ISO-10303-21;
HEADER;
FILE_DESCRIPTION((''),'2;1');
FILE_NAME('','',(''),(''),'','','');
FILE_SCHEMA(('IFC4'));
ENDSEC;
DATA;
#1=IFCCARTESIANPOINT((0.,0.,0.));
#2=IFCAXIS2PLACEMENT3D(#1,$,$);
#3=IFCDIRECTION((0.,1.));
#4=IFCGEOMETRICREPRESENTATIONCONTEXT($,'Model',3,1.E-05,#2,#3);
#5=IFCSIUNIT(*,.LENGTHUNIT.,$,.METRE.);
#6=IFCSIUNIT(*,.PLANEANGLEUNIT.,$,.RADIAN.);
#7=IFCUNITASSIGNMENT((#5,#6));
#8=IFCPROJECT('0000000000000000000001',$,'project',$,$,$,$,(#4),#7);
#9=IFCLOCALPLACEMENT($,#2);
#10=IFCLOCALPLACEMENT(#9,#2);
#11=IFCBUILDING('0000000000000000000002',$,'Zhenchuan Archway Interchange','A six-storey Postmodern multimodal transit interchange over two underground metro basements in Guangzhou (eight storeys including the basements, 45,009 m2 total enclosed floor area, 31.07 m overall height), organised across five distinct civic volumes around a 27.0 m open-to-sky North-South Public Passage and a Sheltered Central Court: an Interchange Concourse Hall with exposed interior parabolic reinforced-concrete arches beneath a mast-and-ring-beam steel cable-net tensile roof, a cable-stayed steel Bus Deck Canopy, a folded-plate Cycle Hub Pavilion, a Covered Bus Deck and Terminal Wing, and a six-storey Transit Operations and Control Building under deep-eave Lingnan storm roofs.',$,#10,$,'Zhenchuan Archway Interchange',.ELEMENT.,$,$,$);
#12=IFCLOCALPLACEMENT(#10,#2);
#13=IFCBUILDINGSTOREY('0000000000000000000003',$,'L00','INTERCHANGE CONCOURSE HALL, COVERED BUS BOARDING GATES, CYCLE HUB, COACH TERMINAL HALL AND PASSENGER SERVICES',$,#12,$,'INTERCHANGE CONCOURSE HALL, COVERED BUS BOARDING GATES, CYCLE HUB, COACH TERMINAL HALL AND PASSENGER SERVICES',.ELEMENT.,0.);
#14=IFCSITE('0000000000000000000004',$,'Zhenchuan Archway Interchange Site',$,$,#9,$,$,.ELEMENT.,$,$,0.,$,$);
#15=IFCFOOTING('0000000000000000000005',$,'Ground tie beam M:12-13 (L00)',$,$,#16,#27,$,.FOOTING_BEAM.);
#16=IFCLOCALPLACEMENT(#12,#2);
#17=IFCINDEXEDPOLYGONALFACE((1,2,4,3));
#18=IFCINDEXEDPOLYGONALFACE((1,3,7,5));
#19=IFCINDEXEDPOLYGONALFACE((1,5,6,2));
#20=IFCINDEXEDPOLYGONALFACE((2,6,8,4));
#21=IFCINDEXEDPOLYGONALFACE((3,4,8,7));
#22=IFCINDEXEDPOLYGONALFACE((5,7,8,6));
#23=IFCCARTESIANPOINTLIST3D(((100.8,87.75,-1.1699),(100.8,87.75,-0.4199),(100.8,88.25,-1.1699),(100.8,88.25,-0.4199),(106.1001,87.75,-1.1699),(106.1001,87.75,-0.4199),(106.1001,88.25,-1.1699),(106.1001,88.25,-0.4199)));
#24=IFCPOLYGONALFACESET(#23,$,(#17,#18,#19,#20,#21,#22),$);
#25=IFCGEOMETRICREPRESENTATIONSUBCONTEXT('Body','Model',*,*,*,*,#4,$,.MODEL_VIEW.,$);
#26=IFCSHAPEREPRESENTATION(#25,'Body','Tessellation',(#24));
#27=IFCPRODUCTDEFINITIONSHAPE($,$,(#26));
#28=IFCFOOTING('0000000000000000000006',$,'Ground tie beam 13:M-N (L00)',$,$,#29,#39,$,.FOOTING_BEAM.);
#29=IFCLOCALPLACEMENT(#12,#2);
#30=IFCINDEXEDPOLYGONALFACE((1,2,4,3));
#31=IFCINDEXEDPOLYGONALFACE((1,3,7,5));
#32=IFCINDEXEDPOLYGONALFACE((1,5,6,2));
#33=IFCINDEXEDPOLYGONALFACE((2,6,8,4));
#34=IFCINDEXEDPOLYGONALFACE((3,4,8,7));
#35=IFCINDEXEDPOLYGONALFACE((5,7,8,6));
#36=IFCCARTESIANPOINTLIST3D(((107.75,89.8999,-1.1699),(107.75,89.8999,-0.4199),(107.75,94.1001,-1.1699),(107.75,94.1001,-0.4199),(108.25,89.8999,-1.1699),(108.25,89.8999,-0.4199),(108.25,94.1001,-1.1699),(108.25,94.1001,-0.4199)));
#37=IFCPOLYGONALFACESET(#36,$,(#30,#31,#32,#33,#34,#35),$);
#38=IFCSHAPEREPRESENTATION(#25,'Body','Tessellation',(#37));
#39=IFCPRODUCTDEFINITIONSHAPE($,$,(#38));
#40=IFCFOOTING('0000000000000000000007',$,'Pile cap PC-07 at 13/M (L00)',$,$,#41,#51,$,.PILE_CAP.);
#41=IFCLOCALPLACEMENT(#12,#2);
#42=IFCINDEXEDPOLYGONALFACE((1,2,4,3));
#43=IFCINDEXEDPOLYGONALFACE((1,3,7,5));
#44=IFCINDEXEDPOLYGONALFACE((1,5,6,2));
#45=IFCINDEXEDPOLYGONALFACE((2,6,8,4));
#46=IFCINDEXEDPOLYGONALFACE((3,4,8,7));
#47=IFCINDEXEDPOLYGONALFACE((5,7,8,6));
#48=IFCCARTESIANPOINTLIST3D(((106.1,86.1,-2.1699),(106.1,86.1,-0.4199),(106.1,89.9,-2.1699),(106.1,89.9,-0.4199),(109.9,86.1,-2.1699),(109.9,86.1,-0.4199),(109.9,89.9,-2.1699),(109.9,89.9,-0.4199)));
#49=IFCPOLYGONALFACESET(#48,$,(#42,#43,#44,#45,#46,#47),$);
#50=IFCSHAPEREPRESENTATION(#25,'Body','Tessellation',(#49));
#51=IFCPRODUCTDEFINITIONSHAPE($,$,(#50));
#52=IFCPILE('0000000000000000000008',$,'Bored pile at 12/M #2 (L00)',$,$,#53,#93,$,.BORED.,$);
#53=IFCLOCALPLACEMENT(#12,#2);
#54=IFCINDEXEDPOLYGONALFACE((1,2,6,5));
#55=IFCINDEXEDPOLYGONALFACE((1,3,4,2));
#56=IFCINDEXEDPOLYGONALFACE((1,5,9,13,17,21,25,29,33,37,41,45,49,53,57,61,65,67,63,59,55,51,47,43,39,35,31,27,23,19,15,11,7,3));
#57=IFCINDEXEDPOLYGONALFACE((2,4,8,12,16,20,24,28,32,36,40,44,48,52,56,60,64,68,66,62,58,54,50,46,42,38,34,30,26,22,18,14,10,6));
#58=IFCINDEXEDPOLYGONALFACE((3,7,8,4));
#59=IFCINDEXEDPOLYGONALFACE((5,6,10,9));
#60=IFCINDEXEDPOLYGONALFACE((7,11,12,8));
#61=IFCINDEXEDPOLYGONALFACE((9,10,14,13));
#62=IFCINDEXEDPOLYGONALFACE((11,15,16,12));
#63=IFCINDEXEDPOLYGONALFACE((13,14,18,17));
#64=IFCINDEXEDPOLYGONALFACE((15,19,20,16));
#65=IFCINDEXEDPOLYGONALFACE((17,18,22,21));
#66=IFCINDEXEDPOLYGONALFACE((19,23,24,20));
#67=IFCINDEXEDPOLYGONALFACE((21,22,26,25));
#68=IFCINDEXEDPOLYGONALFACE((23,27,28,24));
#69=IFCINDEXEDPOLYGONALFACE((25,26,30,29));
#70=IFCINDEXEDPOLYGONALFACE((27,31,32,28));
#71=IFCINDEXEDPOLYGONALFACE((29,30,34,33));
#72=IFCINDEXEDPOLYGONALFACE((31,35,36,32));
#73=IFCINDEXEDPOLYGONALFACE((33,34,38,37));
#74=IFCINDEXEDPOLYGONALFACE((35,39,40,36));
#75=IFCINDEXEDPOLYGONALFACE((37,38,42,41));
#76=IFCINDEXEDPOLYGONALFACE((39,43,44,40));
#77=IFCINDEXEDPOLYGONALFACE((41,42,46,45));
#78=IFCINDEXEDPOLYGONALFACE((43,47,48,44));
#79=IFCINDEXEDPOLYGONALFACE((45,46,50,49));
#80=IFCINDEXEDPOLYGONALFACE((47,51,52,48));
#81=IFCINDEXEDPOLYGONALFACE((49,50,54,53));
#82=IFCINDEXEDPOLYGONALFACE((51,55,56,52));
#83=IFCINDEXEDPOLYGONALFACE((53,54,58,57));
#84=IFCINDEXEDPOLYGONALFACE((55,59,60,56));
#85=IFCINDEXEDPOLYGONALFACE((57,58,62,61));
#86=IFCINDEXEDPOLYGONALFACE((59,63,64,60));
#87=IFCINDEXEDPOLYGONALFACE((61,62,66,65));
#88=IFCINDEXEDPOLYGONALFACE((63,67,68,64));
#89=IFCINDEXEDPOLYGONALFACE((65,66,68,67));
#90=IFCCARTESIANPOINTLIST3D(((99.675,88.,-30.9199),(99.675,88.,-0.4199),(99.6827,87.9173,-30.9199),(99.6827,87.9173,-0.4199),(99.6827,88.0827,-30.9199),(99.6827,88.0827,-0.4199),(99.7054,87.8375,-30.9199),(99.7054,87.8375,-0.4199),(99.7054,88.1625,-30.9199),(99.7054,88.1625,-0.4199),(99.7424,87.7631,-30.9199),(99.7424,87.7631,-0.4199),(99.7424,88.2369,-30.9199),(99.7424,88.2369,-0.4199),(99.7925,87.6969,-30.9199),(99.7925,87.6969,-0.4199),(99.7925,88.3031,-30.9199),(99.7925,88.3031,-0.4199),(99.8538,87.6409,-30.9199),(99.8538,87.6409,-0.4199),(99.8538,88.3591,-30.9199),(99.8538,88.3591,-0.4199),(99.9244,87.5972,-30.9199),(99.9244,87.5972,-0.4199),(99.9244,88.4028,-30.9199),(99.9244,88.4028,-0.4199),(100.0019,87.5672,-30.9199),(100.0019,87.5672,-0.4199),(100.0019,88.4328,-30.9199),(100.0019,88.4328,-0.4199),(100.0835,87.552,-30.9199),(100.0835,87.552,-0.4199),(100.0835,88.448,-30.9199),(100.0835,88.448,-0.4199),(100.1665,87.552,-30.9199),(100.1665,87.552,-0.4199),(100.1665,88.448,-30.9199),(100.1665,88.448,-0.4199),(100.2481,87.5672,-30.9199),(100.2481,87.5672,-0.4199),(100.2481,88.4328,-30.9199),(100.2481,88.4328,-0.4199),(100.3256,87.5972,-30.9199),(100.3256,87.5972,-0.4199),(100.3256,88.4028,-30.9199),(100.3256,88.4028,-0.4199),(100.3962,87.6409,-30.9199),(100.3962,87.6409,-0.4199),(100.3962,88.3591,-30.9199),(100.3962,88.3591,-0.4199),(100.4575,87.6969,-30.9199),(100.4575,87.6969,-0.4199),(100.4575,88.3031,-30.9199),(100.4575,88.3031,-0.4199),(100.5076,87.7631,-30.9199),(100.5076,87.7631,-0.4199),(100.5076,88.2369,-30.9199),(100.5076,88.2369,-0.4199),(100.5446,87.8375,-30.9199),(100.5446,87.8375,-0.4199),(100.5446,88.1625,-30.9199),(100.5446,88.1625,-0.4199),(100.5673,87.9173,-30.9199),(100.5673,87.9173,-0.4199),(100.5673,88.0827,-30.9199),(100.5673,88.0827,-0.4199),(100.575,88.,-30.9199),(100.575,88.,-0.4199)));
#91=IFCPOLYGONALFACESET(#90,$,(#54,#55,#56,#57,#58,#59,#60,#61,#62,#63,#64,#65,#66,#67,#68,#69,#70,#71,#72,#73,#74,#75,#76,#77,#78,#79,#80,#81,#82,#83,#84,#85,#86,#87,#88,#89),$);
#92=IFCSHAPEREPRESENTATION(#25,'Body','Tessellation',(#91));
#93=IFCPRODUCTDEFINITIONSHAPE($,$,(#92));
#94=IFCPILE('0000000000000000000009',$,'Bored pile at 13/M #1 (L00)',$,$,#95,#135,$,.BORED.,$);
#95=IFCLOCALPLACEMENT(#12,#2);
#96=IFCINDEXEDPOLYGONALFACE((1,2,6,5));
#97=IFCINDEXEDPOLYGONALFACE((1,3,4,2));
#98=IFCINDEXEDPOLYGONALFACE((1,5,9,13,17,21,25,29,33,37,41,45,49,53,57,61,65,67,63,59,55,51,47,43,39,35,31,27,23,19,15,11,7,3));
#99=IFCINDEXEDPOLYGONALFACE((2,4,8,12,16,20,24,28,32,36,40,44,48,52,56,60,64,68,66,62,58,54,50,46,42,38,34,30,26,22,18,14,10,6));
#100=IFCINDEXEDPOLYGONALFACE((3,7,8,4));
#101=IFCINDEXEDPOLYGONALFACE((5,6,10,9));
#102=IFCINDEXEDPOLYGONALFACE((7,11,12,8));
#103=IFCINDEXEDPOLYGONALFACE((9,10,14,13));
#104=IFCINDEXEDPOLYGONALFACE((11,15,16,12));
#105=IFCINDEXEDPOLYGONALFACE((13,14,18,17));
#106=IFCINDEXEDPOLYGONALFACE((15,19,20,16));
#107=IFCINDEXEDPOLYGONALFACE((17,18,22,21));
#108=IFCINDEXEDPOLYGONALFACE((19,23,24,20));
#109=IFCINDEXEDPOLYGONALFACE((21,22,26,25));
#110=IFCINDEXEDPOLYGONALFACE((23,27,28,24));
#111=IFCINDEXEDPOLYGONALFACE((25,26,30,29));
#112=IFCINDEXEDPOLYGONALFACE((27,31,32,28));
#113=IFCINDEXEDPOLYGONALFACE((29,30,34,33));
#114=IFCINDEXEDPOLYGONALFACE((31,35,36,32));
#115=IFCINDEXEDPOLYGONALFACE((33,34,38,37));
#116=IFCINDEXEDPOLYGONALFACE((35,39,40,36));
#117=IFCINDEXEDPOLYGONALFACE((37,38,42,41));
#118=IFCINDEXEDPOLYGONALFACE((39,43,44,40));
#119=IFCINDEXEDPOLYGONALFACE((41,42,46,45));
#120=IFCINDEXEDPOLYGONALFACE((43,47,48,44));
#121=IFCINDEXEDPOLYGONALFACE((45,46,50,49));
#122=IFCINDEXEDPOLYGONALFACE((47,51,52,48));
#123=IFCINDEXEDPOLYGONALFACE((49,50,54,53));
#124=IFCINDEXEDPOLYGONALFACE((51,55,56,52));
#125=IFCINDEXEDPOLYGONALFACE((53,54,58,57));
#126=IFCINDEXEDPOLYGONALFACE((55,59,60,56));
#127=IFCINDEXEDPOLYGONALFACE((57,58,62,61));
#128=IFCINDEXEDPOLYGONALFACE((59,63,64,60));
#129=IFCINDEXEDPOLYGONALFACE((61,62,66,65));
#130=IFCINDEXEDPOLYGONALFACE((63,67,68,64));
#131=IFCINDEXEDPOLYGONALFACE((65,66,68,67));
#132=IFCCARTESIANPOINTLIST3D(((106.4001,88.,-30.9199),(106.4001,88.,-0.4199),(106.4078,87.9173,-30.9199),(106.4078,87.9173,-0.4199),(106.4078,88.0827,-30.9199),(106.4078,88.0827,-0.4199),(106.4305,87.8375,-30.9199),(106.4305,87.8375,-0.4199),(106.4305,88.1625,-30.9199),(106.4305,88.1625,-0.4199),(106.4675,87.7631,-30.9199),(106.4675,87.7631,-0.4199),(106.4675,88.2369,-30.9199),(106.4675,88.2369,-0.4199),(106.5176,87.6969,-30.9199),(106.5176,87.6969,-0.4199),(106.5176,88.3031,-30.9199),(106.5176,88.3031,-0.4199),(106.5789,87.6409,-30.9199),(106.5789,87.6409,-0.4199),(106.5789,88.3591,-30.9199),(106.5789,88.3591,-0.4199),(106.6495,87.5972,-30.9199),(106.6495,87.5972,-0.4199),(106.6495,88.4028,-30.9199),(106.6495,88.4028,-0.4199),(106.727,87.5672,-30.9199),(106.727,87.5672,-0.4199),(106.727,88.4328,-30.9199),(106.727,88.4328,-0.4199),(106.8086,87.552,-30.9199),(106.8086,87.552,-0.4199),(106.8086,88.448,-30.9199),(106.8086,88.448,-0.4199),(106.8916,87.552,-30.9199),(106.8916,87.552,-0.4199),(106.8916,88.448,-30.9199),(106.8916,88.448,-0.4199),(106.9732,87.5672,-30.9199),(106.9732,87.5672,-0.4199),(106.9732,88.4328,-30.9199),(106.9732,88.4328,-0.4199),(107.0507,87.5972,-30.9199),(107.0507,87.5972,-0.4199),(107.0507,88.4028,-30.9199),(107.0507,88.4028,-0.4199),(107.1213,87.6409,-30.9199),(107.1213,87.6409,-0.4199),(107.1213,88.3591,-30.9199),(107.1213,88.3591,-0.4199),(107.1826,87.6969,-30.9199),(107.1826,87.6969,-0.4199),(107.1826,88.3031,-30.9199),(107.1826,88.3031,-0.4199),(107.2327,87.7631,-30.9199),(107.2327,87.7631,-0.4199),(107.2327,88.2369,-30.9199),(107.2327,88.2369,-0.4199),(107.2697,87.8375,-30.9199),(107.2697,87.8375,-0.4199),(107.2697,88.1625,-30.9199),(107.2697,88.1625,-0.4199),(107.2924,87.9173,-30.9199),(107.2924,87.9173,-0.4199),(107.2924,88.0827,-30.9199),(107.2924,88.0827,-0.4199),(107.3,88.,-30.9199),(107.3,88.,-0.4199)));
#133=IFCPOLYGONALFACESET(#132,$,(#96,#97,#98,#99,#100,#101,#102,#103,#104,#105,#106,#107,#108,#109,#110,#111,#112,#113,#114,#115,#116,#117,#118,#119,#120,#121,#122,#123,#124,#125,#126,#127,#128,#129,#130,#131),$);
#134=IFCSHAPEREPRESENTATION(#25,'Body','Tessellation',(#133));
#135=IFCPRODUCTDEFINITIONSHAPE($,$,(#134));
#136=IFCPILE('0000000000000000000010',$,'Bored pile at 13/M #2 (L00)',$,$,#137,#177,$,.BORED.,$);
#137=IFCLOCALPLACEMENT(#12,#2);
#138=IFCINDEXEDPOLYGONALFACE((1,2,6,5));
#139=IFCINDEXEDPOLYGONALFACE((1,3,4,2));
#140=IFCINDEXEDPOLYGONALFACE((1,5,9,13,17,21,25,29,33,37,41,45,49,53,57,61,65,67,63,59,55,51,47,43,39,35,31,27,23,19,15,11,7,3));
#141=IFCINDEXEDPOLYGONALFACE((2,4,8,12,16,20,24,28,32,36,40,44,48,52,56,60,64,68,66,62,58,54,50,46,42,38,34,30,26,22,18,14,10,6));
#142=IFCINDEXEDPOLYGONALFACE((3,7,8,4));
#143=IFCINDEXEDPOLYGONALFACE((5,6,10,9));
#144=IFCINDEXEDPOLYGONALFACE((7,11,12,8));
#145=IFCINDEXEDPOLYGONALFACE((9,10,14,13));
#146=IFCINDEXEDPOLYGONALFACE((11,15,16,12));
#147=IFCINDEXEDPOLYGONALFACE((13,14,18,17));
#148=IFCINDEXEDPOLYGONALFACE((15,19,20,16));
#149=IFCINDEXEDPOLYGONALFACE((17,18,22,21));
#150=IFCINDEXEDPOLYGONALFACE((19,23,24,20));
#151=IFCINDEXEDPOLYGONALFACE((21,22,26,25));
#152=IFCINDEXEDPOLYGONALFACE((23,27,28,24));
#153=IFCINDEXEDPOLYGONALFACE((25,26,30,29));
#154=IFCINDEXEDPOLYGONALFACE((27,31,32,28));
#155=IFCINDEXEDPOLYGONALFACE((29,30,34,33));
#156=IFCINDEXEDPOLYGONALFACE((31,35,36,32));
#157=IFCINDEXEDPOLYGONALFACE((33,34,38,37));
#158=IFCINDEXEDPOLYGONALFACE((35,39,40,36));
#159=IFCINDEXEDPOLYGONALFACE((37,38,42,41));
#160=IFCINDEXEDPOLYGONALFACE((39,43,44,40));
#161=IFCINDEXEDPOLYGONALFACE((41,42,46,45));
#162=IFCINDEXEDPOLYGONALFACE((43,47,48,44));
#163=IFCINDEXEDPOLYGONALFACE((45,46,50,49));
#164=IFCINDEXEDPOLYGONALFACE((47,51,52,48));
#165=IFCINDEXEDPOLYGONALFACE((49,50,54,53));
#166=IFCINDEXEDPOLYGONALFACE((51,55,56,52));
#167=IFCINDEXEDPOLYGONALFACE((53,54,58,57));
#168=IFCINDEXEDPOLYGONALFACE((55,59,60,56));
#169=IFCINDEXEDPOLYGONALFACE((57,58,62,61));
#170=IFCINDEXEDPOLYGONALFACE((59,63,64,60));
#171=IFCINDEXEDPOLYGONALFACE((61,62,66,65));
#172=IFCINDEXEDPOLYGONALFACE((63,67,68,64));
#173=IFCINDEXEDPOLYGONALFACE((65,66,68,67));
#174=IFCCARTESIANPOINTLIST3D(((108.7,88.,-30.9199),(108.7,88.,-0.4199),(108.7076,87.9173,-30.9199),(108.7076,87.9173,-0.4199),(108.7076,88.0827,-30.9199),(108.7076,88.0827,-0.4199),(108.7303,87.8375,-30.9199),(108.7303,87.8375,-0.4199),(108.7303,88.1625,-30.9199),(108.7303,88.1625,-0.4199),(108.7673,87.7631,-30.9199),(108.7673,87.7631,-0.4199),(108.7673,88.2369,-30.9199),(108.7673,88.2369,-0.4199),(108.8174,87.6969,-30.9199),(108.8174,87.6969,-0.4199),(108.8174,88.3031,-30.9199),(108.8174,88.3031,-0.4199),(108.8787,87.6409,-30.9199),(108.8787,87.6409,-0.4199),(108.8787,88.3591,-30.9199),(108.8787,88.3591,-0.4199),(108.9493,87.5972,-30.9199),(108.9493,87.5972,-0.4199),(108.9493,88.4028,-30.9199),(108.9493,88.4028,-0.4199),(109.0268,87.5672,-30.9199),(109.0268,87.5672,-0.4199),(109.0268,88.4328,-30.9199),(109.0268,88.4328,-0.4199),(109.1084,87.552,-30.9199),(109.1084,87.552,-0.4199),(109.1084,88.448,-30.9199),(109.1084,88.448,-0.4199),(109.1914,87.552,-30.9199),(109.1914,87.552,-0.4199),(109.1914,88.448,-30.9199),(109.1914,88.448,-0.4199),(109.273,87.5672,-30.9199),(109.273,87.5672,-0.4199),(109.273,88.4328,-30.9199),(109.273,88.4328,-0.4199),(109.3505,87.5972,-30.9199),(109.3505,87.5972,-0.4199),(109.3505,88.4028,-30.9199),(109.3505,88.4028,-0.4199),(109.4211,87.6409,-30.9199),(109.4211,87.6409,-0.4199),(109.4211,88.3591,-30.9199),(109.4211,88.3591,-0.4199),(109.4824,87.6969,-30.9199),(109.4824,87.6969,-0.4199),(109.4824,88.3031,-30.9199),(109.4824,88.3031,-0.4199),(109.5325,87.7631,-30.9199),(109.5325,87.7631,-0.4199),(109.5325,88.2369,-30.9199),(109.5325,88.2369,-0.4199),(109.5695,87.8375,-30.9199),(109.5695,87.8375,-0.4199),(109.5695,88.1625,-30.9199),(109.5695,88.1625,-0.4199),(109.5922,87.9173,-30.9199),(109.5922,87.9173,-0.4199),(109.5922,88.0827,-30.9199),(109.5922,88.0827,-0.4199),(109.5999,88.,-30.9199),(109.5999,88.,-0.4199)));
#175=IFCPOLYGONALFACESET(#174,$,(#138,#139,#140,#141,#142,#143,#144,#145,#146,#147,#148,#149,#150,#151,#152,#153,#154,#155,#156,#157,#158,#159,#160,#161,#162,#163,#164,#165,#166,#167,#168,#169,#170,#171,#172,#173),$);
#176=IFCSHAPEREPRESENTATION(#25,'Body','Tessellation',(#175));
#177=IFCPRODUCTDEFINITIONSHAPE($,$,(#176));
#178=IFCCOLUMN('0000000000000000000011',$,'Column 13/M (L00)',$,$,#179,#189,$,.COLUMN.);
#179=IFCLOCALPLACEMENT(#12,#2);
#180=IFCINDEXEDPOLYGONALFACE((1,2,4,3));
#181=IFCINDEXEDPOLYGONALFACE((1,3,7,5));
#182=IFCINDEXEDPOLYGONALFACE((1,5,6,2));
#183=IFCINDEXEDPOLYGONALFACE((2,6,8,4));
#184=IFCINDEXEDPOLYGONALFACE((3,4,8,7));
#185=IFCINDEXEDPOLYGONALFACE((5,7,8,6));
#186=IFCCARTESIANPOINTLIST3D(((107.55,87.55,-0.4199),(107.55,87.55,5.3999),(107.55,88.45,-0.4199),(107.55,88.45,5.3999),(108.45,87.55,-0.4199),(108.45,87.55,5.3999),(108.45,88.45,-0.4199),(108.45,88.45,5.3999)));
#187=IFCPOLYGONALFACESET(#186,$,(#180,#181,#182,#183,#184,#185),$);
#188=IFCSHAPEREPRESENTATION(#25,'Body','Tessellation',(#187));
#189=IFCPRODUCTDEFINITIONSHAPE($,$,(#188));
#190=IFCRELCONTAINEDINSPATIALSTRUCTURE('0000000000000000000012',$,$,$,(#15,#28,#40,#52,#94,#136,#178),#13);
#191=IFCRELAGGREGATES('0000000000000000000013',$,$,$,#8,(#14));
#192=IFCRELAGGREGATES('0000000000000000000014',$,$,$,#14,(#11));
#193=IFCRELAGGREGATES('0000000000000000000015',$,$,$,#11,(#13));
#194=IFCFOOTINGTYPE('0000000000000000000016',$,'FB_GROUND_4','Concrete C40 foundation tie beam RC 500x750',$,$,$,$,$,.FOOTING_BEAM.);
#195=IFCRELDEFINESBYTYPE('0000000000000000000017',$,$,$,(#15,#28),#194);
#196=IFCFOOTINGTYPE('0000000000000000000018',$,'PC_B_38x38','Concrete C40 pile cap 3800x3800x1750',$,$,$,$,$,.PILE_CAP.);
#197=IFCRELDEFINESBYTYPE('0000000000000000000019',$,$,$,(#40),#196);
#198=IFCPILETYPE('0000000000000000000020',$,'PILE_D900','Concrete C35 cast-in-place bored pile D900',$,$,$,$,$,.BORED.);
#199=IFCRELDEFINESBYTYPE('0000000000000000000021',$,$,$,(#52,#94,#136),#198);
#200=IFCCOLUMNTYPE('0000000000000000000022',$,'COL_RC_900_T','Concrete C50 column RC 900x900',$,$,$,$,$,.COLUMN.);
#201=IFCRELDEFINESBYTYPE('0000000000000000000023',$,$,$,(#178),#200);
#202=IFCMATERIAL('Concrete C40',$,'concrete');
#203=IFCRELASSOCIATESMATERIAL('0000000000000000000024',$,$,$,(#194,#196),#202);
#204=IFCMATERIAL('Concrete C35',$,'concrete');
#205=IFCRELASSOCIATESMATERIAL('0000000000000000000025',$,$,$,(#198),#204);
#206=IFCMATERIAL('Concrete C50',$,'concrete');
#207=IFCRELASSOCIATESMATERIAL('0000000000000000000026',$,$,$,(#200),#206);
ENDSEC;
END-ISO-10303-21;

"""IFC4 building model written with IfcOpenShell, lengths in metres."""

from ifc_helpers import new_model, si_unit, direction, frame, origin, origin_2d, place, context, subcontext, project, spatial, rectangle, circle, extrude, material, material_profile, profile_set, type_object, element, save


model = new_model("IFC4")

# Units and contexts
model_context = context("Model", 3, precision=1e-05, world=origin(), true_north=direction((0.0, 1.0)))
body_context = subcontext(model_context, "Body", "Model", "MODEL_VIEW")
ifc_project = project(units=[si_unit("LENGTHUNIT", "METRE"), si_unit("PLANEANGLEUNIT", "RADIAN")], contexts=[model_context])

# Site, building, storey
site_placement = place(None, origin())
site = spatial("IfcSite", under=ifc_project, at=site_placement, Name="Zhenchuan Archway Interchange Site", CompositionType="ELEMENT", RefElevation=0.0)
building_placement = place(site_placement, origin())
building = spatial("IfcBuilding", under=site, at=building_placement, Name="Zhenchuan Archway Interchange", Description="A six-storey Postmodern multimodal transit interchange over two underground metro basements in Guangzhou (eight storeys including the basements, 45,009 m2 total enclosed floor area, 31.07 m overall height), organised across five distinct civic volumes around a 27.0 m open-to-sky North-South Public Passage and a Sheltered Central Court: an Interchange Concourse Hall with exposed interior parabolic reinforced-concrete arches beneath a mast-and-ring-beam steel cable-net tensile roof, a cable-stayed steel Bus Deck Canopy, a folded-plate Cycle Hub Pavilion, a Covered Bus Deck and Terminal Wing, and a six-storey Transit Operations and Control Building under deep-eave Lingnan storm roofs.", LongName="Zhenchuan Archway Interchange", CompositionType="ELEMENT")
storey_placement = place(building_placement, origin())
storey = spatial("IfcBuildingStorey", under=building, at=storey_placement, Name="L00", Description="INTERCHANGE CONCOURSE HALL, COVERED BUS BOARDING GATES, CYCLE HUB, COACH TERMINAL HALL AND PASSENGER SERVICES", LongName="INTERCHANGE CONCOURSE HALL, COVERED BUS BOARDING GATES, CYCLE HUB, COACH TERMINAL HALL AND PASSENGER SERVICES", CompositionType="ELEMENT", Elevation=0.0)

# Footings
ifc_material_1 = material(Name="Concrete C40", Category="concrete")
ifc_material_profile_1 = material_profile(ifc_material_1, rectangle(XDim=0.5, YDim=0.75, at=origin_2d()), Name="RC 500x750")
ifc_profile_set_1 = profile_set([ifc_material_profile_1], Name="Concrete C40")
footing_type_1 = type_object("IfcFootingType", Name="FB_GROUND_4", Description="Concrete C40 foundation tie beam RC 500x750", PredefinedType="FOOTING_BEAM", material=ifc_profile_set_1)
footing_1_placement = place(storey_placement, frame((100.8, 88.0, -0.7949), z_axis=(1.0, 0.0, 0.0), x_axis=(0.0, 1.0, 0.0)))
element("IfcFooting", 1, at=footing_1_placement, inside=storey, type_object=footing_type_1, Name="Ground tie beam M:12-13 (L00)", PredefinedType="FOOTING_BEAM", context=body_context, shape_type="SweptSolid", body=[
    extrude(rectangle(XDim=0.5, YDim=0.75, at=origin_2d()), origin(), (0.0, 0.0, 1.0), 5.3),
])
footing_2_placement = place(storey_placement, frame((108.0, 89.8999, -0.7949), z_axis=(0.0, 1.0, 0.0), x_axis=(-1.0, 0.0, 0.0)))
element("IfcFooting", 2, at=footing_2_placement, inside=storey, type_object=footing_type_1, Name="Ground tie beam 13:M-N (L00)", PredefinedType="FOOTING_BEAM", context=body_context, shape_type="SweptSolid", body=[
    extrude(rectangle(XDim=0.5, YDim=0.75, at=origin_2d()), origin(), (0.0, 0.0, 1.0), 4.2002),
])
footing_type_2 = type_object("IfcFootingType", Name="PC_B_38x38", Description="Concrete C40 pile cap 3800x3800x1750", PredefinedType="PILE_CAP", material=ifc_material_1)
footing_3_placement = place(storey_placement, frame((108.0, 88.0, -2.1699), z_axis=(0.0, 0.0, 1.0), x_axis=(1.0, 0.0, 0.0)))
element("IfcFooting", 3, at=footing_3_placement, inside=storey, type_object=footing_type_2, Name="Pile cap PC-07 at 13/M (L00)", PredefinedType="PILE_CAP", context=body_context, shape_type="SweptSolid", body=[
    extrude(rectangle(XDim=3.8, YDim=3.8, at=origin_2d()), origin(), (0.0, 0.0, 1.0), 1.75),
])

# Piles
ifc_material_2 = material(Name="Concrete C35", Category="concrete")
ifc_material_profile_2 = material_profile(ifc_material_2, circle(Radius=0.45, at=origin_2d()), Name="BORED PILE 900")
ifc_profile_set_2 = profile_set([ifc_material_profile_2], Name="Concrete C35")
pile_type = type_object("IfcPileType", Name="PILE_D900", Description="Concrete C35 cast-in-place bored pile D900", PredefinedType="BORED", material=ifc_profile_set_2)
for number, where, z_axis, x_axis, name in (
    (4, (100.125, 88.0, -0.4199), (0.0, 0.0, -1.0), (1.0, 0.0, 0.0), "Bored pile at 12/M #2 (L00)"),
    (5, (106.8501, 88.0, -0.4199), (0.0, 0.0, -1.0), (1.0, 0.0, 0.0), "Bored pile at 13/M #1 (L00)"),
    (6, (109.1499, 88.0, -0.4199), (0.0, 0.0, -1.0), (1.0, 0.0, 0.0), "Bored pile at 13/M #2 (L00)"),
):
    element("IfcPile", number, at=place(storey_placement, frame(where, z_axis=z_axis, x_axis=x_axis)), inside=storey, type_object=pile_type, Name=name, PredefinedType="BORED", context=body_context, shape_type="SweptSolid", body=[
        extrude(circle(Radius=0.45, at=origin_2d()), origin(), (0.0, 0.0, 1.0), 30.5),
    ])

# Column
ifc_material_3 = material(Name="Concrete C50", Category="concrete")
ifc_material_profile_3 = material_profile(ifc_material_3, rectangle(XDim=0.8999, YDim=0.8999, at=origin_2d()), Name="RC 900x900")
ifc_profile_set_3 = profile_set([ifc_material_profile_3], Name="Concrete C50")
column_type = type_object("IfcColumnType", Name="COL_RC_900_T", Description="Concrete C50 column RC 900x900", PredefinedType="COLUMN", material=ifc_profile_set_3)
column_placement = place(storey_placement, frame((108.0, 88.0, -0.4199), z_axis=(0.0, 0.0, 1.0), x_axis=(1.0, 0.0, 0.0)))
element("IfcColumn", 7, at=column_placement, inside=storey, type_object=column_type, Name="Column 13/M (L00)", PredefinedType="COLUMN", context=body_context, shape_type="SweptSolid", body=[
    extrude(rectangle(XDim=0.8999, YDim=0.8999, at=origin_2d()), origin(), (0.0, 0.0, 1.0), 5.8198),
])

save(model, "model.ifc")
